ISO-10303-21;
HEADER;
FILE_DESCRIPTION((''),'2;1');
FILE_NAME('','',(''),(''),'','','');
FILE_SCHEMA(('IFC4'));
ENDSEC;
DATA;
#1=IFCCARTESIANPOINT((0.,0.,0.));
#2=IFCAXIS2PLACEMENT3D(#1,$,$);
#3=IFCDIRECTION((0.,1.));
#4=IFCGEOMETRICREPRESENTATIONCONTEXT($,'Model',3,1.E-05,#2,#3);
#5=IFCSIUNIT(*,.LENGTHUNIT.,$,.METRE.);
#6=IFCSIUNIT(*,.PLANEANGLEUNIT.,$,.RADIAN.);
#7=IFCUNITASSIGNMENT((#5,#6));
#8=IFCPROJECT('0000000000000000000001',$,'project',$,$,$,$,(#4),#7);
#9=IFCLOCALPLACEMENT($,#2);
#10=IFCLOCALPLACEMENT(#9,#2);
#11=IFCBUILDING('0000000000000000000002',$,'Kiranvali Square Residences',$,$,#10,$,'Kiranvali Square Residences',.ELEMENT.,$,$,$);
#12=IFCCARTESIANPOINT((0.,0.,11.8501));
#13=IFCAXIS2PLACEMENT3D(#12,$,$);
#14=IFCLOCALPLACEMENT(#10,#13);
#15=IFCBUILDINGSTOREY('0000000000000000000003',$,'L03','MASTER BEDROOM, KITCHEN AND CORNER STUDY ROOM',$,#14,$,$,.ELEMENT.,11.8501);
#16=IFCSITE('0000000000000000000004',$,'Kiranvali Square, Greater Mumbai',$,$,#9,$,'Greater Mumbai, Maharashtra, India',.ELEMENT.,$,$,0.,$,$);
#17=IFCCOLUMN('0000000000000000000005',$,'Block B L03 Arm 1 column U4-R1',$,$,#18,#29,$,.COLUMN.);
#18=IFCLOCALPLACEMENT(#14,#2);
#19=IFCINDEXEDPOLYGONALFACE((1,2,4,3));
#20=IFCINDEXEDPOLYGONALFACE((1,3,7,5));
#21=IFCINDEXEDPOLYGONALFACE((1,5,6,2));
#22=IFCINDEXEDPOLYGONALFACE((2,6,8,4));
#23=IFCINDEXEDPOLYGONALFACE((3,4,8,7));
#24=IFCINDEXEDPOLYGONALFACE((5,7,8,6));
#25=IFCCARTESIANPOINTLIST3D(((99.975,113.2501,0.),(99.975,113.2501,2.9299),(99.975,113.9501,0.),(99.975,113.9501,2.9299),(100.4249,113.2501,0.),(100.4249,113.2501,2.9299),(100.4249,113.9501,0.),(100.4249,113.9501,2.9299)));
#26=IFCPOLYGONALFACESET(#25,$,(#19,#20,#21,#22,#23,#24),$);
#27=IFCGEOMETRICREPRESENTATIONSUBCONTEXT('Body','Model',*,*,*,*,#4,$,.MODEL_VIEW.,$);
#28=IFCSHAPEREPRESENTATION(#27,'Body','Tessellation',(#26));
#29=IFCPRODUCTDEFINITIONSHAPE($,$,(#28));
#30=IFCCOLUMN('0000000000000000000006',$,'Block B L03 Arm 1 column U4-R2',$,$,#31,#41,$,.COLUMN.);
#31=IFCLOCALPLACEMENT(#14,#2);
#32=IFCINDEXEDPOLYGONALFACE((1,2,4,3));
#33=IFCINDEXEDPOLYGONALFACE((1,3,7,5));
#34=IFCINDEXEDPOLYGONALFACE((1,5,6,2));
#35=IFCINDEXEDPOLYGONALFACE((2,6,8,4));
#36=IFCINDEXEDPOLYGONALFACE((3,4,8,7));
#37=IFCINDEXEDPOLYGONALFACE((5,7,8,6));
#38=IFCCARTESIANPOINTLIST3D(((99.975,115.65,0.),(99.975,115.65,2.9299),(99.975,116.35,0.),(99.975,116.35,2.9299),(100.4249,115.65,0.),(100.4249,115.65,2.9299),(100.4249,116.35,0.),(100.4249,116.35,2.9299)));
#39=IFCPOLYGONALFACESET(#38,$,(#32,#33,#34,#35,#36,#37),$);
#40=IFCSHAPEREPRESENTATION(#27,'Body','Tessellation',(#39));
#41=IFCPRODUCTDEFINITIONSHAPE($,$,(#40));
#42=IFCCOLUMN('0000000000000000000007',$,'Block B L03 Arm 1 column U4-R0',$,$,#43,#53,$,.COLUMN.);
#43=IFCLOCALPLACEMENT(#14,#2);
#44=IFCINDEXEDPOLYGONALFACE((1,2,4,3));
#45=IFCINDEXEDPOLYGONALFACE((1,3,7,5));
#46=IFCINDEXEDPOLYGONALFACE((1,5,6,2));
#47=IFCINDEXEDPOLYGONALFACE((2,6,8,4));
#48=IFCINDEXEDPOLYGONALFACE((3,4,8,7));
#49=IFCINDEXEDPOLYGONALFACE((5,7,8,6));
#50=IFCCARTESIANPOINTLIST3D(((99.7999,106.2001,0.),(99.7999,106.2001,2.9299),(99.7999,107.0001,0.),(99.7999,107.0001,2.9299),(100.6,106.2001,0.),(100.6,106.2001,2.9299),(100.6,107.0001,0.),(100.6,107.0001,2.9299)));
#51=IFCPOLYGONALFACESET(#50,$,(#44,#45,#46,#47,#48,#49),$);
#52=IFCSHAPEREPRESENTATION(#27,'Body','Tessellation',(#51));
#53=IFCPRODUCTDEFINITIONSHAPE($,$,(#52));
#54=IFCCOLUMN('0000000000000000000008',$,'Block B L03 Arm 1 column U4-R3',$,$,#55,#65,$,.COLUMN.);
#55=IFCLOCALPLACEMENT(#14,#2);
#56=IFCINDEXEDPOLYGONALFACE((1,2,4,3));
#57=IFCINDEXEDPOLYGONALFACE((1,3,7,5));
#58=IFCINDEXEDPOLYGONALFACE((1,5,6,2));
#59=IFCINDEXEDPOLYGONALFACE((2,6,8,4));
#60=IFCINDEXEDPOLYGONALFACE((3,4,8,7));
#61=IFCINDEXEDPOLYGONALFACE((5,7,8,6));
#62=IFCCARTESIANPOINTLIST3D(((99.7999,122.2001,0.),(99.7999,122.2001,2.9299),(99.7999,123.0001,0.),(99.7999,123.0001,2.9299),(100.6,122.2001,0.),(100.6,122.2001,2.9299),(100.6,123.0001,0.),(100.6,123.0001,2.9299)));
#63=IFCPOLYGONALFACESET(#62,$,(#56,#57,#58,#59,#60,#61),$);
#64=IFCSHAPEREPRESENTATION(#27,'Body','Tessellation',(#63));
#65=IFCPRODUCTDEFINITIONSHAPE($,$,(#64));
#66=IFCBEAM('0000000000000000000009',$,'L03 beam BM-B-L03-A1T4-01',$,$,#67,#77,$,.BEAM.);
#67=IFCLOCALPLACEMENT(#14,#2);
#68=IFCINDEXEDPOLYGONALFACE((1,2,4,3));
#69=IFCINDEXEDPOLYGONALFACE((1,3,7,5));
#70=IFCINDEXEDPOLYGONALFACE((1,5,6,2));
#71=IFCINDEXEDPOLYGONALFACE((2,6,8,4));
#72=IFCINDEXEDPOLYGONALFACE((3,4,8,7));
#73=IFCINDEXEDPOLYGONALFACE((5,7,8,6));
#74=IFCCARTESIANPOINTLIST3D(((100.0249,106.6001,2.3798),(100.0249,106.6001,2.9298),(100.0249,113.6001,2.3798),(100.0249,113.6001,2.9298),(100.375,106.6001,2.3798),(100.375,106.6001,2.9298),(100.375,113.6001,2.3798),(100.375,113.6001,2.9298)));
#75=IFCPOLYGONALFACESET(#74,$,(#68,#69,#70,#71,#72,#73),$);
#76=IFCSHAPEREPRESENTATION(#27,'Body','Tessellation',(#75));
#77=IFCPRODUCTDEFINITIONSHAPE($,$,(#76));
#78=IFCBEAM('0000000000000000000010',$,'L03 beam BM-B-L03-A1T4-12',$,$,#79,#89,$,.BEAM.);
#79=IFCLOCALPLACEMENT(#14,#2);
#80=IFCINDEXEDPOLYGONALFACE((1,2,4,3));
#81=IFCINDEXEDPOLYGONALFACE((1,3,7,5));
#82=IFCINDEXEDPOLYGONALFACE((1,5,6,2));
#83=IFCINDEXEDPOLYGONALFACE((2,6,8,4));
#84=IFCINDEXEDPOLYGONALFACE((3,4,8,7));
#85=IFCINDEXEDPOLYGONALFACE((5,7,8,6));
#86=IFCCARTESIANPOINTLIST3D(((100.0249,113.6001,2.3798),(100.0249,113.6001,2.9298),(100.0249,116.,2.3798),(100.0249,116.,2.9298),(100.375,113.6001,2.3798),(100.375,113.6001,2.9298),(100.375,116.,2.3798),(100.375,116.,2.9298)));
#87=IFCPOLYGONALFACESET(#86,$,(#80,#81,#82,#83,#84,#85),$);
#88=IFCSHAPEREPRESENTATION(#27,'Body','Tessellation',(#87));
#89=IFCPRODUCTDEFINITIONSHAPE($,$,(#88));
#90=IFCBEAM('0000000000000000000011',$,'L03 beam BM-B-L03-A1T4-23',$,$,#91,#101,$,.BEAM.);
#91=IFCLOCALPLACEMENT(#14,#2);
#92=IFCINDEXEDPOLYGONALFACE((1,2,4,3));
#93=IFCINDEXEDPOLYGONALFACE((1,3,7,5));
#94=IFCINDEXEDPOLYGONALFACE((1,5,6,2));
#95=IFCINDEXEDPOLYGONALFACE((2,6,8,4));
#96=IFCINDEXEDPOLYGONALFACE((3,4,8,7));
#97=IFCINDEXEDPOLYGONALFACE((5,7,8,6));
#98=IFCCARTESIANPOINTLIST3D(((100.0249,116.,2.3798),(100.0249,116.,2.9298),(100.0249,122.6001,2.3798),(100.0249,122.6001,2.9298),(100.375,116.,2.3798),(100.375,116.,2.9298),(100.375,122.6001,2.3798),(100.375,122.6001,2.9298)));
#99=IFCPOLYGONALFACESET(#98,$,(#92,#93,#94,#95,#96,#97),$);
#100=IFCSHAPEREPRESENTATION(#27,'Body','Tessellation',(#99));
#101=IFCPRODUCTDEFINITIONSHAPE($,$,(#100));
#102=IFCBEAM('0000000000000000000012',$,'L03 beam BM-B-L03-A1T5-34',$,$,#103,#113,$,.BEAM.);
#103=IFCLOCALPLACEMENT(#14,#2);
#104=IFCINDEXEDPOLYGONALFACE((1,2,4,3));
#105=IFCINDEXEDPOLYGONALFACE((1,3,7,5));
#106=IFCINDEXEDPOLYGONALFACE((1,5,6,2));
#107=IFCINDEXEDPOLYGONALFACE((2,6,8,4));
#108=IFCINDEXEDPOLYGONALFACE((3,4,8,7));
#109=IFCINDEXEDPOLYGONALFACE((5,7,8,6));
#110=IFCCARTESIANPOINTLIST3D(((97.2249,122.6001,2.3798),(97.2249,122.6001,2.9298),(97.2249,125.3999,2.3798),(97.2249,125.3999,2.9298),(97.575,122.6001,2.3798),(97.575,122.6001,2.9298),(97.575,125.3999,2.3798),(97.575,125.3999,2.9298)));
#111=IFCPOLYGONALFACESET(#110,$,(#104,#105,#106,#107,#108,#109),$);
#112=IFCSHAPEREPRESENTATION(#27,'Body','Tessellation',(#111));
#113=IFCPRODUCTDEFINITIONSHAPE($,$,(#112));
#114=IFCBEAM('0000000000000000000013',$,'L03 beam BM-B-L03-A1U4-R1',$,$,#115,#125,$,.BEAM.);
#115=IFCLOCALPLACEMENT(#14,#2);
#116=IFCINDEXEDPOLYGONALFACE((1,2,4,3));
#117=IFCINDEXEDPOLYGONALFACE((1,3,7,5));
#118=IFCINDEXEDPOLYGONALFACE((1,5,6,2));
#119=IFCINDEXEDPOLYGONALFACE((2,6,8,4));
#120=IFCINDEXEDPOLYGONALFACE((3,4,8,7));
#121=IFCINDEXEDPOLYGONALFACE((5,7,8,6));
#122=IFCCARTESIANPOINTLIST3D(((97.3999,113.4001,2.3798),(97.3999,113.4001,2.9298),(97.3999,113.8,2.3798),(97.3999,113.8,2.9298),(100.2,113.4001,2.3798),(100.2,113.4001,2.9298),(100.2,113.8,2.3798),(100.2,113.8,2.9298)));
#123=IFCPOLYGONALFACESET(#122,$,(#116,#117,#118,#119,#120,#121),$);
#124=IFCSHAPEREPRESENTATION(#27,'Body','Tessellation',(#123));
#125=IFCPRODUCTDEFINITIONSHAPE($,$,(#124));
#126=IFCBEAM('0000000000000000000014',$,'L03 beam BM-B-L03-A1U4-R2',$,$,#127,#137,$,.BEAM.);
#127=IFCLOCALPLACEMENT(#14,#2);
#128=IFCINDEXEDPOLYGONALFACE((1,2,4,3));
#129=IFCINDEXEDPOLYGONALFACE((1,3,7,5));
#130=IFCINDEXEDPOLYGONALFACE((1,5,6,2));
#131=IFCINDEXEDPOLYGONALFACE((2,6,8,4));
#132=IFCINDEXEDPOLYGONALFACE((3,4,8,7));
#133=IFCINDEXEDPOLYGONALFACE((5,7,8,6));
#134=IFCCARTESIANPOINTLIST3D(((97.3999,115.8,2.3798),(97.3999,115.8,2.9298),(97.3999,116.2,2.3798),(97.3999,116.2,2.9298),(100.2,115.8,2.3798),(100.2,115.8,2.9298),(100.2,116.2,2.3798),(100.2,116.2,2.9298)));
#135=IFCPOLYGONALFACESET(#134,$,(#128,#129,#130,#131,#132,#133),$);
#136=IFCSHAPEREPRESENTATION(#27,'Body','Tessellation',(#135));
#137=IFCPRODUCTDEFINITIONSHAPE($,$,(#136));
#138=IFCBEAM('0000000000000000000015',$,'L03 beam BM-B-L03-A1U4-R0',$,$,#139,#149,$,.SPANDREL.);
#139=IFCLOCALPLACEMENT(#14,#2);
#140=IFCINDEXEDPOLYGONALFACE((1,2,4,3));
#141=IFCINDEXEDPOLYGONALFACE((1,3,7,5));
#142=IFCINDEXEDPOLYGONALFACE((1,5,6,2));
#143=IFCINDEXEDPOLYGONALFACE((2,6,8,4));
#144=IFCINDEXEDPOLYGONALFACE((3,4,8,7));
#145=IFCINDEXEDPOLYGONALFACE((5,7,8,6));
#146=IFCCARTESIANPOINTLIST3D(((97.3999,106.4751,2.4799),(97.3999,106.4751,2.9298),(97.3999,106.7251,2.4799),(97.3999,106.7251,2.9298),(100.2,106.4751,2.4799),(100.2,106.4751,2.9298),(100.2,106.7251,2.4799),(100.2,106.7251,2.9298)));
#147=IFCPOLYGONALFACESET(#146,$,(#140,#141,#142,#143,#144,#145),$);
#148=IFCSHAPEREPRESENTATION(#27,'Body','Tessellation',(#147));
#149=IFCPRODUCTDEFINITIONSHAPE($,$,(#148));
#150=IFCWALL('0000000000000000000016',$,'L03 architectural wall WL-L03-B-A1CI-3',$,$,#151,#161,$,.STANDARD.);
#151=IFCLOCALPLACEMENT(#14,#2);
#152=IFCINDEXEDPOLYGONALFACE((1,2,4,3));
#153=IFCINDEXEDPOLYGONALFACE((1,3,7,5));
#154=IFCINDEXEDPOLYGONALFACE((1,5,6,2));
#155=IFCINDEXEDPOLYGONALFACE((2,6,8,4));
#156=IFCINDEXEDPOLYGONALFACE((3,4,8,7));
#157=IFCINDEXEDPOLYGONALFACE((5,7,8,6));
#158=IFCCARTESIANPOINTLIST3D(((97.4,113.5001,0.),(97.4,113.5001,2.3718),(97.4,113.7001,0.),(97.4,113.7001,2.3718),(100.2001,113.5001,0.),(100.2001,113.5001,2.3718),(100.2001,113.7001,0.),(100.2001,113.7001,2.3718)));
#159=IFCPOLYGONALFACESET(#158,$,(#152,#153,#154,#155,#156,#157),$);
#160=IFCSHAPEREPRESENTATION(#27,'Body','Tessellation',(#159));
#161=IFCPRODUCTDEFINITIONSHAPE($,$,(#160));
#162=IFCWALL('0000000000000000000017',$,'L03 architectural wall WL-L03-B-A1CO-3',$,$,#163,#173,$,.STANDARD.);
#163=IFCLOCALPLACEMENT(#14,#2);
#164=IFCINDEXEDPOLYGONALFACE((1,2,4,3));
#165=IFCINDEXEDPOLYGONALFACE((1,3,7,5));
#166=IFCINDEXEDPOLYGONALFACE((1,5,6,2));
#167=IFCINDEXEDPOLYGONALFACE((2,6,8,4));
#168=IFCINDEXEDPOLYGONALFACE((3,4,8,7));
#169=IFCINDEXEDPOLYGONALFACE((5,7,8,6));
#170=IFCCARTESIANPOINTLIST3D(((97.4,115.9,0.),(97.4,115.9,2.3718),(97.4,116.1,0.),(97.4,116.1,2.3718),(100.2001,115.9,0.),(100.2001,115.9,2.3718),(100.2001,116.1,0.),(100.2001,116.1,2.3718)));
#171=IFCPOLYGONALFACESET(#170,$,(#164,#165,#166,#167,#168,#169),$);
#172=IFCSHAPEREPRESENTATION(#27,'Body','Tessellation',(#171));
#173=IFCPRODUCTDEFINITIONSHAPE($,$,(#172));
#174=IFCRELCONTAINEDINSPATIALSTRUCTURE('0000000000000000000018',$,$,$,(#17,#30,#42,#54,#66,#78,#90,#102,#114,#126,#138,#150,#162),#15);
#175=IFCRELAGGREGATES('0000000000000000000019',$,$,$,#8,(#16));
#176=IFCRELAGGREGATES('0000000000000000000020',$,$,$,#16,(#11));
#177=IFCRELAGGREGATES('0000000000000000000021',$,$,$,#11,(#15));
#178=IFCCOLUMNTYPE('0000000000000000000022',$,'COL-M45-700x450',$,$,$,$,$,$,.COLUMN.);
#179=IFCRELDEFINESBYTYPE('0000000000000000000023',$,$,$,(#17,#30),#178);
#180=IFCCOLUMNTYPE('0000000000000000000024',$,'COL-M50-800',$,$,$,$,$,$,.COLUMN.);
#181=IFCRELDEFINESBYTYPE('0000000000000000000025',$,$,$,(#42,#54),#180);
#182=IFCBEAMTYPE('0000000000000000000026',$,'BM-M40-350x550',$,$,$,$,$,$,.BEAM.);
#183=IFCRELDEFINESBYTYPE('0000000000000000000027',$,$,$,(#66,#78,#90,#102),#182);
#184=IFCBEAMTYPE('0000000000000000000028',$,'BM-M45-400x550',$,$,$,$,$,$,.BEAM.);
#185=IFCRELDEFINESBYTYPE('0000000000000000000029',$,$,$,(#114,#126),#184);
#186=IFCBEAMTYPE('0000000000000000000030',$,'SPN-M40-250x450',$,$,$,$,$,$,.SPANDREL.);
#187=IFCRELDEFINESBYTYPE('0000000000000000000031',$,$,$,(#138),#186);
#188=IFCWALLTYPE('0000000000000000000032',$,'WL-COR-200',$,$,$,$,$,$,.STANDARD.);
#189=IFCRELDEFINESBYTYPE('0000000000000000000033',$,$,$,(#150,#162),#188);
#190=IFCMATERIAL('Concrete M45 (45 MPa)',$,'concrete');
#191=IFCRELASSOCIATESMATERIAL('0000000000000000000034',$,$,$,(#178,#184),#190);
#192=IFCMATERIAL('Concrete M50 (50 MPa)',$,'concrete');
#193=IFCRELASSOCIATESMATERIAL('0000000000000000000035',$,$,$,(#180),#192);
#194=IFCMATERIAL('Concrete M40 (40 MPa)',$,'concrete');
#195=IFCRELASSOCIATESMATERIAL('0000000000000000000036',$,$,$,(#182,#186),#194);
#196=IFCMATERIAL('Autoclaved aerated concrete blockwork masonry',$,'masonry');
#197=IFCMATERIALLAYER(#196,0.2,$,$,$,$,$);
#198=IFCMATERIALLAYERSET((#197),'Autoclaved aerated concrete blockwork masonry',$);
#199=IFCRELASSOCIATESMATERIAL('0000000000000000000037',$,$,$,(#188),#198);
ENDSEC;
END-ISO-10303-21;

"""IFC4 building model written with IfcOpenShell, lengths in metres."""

from ifc_helpers import new_model, si_unit, direction, frame, frame_2d, origin, origin_2d, place, context, subcontext, project, spatial, rectangle, extrude, material, layer, layer_set, material_profile, profile_set, type_object, element, save


model = new_model("IFC4")

# Units and contexts
model_context = context("Model", 3, precision=1e-05, world=origin(), true_north=direction((0.0, 1.0)))
body_context = subcontext(model_context, "Body", "Model", "MODEL_VIEW")
ifc_project = project(units=[si_unit("LENGTHUNIT", "METRE"), si_unit("PLANEANGLEUNIT", "RADIAN")], contexts=[model_context])

# Site, building, storey
site_placement = place(None, origin())
site = spatial("IfcSite", under=ifc_project, at=site_placement, Name="Kiranvali Square, Greater Mumbai", LongName="Greater Mumbai, Maharashtra, India", CompositionType="ELEMENT", RefElevation=0.0)
building_placement = place(site_placement, origin())
building = spatial("IfcBuilding", under=site, at=building_placement, Name="Kiranvali Square Residences", LongName="Kiranvali Square Residences", CompositionType="ELEMENT")
storey_placement = place(building_placement, frame((0.0, 0.0, 11.8501)))
storey = spatial("IfcBuildingStorey", under=building, at=storey_placement, Name="L03", Description="MASTER BEDROOM, KITCHEN AND CORNER STUDY ROOM", CompositionType="ELEMENT", Elevation=11.8501)

# Columns
ifc_material_1 = material(Name="Concrete M45 (45 MPa)", Category="concrete")
ifc_material_profile_1 = material_profile(ifc_material_1, rectangle(XDim=0.45, YDim=0.7, at=origin_2d()), Name="RC 700x450")
ifc_profile_set_1 = profile_set([ifc_material_profile_1], Name="Concrete M45 (45 MPa)")
column_type_1 = type_object("IfcColumnType", Name="COL-M45-700x450", PredefinedType="COLUMN", material=ifc_profile_set_1)
for number, where, z_axis, x_axis, name in (
    (1, (100.2, 113.6001, 0.0), (0.0, 0.0, 1.0), (1.0, 0.0, 0.0), "Block B L03 Arm 1 column U4-R1"),
    (2, (100.2, 116.0, 0.0), (0.0, 0.0, 1.0), (1.0, 0.0, 0.0), "Block B L03 Arm 1 column U4-R2"),
):
    element("IfcColumn", number, at=place(storey_placement, frame(where, z_axis=z_axis, x_axis=x_axis)), inside=storey, type_object=column_type_1, Name=name, PredefinedType="COLUMN", context=body_context, shape_type="SweptSolid", body=[
        extrude(rectangle(XDim=0.45, YDim=0.7, at=origin_2d()), origin(), (0.0, 0.0, 1.0), 2.9299),
    ])
ifc_material_2 = material(Name="Concrete M50 (50 MPa)", Category="concrete")
ifc_material_profile_2 = material_profile(ifc_material_2, rectangle(XDim=0.8, YDim=0.8, at=origin_2d()), Name="RC 800x800")
ifc_profile_set_2 = profile_set([ifc_material_profile_2], Name="Concrete M50 (50 MPa)")
column_type_2 = type_object("IfcColumnType", Name="COL-M50-800", PredefinedType="COLUMN", material=ifc_profile_set_2)
for number, where, z_axis, x_axis, name in (
    (3, (100.2, 106.6001, 0.0), (0.0, 0.0, 1.0), (1.0, 0.0, 0.0), "Block B L03 Arm 1 column U4-R0"),
    (4, (100.2, 122.6001, 0.0), (0.0, 0.0, 1.0), (1.0, 0.0, 0.0), "Block B L03 Arm 1 column U4-R3"),
):
    element("IfcColumn", number, at=place(storey_placement, frame(where, z_axis=z_axis, x_axis=x_axis)), inside=storey, type_object=column_type_2, Name=name, PredefinedType="COLUMN", context=body_context, shape_type="SweptSolid", body=[
        extrude(rectangle(XDim=0.8, YDim=0.8, at=origin_2d()), origin(), (0.0, 0.0, 1.0), 2.9299),
    ])

# Beams
ifc_material_3 = material(Name="Concrete M40 (40 MPa)", Category="concrete")
ifc_material_profile_3 = material_profile(ifc_material_3, rectangle(XDim=0.3501, YDim=0.55, at=origin_2d()), Name="RC 350x550")
ifc_profile_set_3 = profile_set([ifc_material_profile_3], Name="Concrete M40 (40 MPa)")
beam_type_1 = type_object("IfcBeamType", Name="BM-M40-350x550", PredefinedType="BEAM", material=ifc_profile_set_3)
beam_1_placement = place(storey_placement, frame((100.2, 106.6001, 2.6548), z_axis=(0.0, 1.0, 0.0), x_axis=(-1.0, 0.0, 0.0)))
element("IfcBeam", 5, at=beam_1_placement, inside=storey, type_object=beam_type_1, Name="L03 beam BM-B-L03-A1T4-01", PredefinedType="BEAM", context=body_context, shape_type="SweptSolid", body=[
    extrude(rectangle(XDim=0.3501, YDim=0.55, at=origin_2d()), origin(), (0.0, 0.0, 1.0), 7.0),
])
beam_2_placement = place(storey_placement, frame((100.2, 113.6001, 2.6548), z_axis=(0.0, 1.0, 0.0), x_axis=(-1.0, 0.0, 0.0)))
element("IfcBeam", 6, at=beam_2_placement, inside=storey, type_object=beam_type_1, Name="L03 beam BM-B-L03-A1T4-12", PredefinedType="BEAM", context=body_context, shape_type="SweptSolid", body=[
    extrude(rectangle(XDim=0.3501, YDim=0.55, at=origin_2d()), origin(), (0.0, 0.0, 1.0), 2.3999),
])
beam_3_placement = place(storey_placement, frame((100.2, 116.0, 2.6548), z_axis=(0.0, 1.0, 0.0), x_axis=(-1.0, 0.0, 0.0)))
element("IfcBeam", 7, at=beam_3_placement, inside=storey, type_object=beam_type_1, Name="L03 beam BM-B-L03-A1T4-23", PredefinedType="BEAM", context=body_context, shape_type="SweptSolid", body=[
    extrude(rectangle(XDim=0.3501, YDim=0.55, at=origin_2d()), origin(), (0.0, 0.0, 1.0), 6.6001),
])
beam_4_placement = place(storey_placement, frame((97.3999, 122.6001, 2.6548), z_axis=(0.0, 1.0, 0.0), x_axis=(-1.0, 0.0, 0.0)))
element("IfcBeam", 8, at=beam_4_placement, inside=storey, type_object=beam_type_1, Name="L03 beam BM-B-L03-A1T5-34", PredefinedType="BEAM", context=body_context, shape_type="SweptSolid", body=[
    extrude(rectangle(XDim=0.3501, YDim=0.55, at=origin_2d()), origin(), (0.0, 0.0, 1.0), 2.7998),
])
ifc_material_profile_4 = material_profile(ifc_material_1, rectangle(XDim=0.3999, YDim=0.55, at=origin_2d()), Name="RC 400x550")
ifc_profile_set_4 = profile_set([ifc_material_profile_4], Name="Concrete M45 (45 MPa)")
beam_type_2 = type_object("IfcBeamType", Name="BM-M45-400x550", PredefinedType="BEAM", material=ifc_profile_set_4)
for number, where, z_axis, x_axis, name in (
    (9, (100.2, 113.6001, 2.6548), (-1.0, 0.0, 0.0), (0.0, -1.0, 0.0), "L03 beam BM-B-L03-A1U4-R1"),
    (10, (100.2, 116.0, 2.6548), (-1.0, 0.0, 0.0), (0.0, -1.0, 0.0), "L03 beam BM-B-L03-A1U4-R2"),
):
    element("IfcBeam", number, at=place(storey_placement, frame(where, z_axis=z_axis, x_axis=x_axis)), inside=storey, type_object=beam_type_2, Name=name, PredefinedType="BEAM", context=body_context, shape_type="SweptSolid", body=[
        extrude(rectangle(XDim=0.3999, YDim=0.55, at=origin_2d()), origin(), (0.0, 0.0, 1.0), 2.8),
    ])
ifc_material_profile_5 = material_profile(ifc_material_3, rectangle(XDim=0.25, YDim=0.45, at=origin_2d()), Name="RC 250x450")
ifc_profile_set_5 = profile_set([ifc_material_profile_5], Name="Concrete M40 (40 MPa)")
beam_type_3 = type_object("IfcBeamType", Name="SPN-M40-250x450", PredefinedType="SPANDREL", material=ifc_profile_set_5)
beam_5_placement = place(storey_placement, frame((100.2, 106.6001, 2.7048), z_axis=(-1.0, 0.0, 0.0), x_axis=(0.0, -1.0, 0.0)))
element("IfcBeam", 11, at=beam_5_placement, inside=storey, type_object=beam_type_3, Name="L03 beam BM-B-L03-A1U4-R0", PredefinedType="SPANDREL", context=body_context, shape_type="SweptSolid", body=[
    extrude(rectangle(XDim=0.25, YDim=0.45, at=origin_2d()), origin(), (0.0, 0.0, 1.0), 2.8),
])

# Walls
ifc_material_4 = material(Name="Autoclaved aerated concrete blockwork masonry", Category="masonry")
ifc_layer_1 = layer(ifc_material_4, 0.2)
ifc_layer_set_1 = layer_set([ifc_layer_1], Name="Autoclaved aerated concrete blockwork masonry")
wall_type_1 = type_object("IfcWallType", Name="WL-COR-200", PredefinedType="STANDARD", material=ifc_layer_set_1)
for number, where, z_axis, x_axis, name in (
    (12, (100.2, 113.6001, 0.0), (0.0, 0.0, 1.0), (-1.0, 0.0, 0.0), "L03 architectural wall WL-L03-B-A1CI-3"),
    (13, (100.2, 116.0, 0.0), (0.0, 0.0, 1.0), (-1.0, 0.0, 0.0), "L03 architectural wall WL-L03-B-A1CO-3"),
):
    element("IfcWall", number, at=place(storey_placement, frame(where, z_axis=z_axis, x_axis=x_axis)), inside=storey, type_object=wall_type_1, Name=name, PredefinedType="STANDARD", context=body_context, shape_type="SweptSolid", body=[
        extrude(rectangle(XDim=2.8, YDim=0.2, at=frame_2d((1.3999, 0.0))), origin(), (0.0, 0.0, 1.0), 2.3718),
    ])

save(model, "model.ifc")
